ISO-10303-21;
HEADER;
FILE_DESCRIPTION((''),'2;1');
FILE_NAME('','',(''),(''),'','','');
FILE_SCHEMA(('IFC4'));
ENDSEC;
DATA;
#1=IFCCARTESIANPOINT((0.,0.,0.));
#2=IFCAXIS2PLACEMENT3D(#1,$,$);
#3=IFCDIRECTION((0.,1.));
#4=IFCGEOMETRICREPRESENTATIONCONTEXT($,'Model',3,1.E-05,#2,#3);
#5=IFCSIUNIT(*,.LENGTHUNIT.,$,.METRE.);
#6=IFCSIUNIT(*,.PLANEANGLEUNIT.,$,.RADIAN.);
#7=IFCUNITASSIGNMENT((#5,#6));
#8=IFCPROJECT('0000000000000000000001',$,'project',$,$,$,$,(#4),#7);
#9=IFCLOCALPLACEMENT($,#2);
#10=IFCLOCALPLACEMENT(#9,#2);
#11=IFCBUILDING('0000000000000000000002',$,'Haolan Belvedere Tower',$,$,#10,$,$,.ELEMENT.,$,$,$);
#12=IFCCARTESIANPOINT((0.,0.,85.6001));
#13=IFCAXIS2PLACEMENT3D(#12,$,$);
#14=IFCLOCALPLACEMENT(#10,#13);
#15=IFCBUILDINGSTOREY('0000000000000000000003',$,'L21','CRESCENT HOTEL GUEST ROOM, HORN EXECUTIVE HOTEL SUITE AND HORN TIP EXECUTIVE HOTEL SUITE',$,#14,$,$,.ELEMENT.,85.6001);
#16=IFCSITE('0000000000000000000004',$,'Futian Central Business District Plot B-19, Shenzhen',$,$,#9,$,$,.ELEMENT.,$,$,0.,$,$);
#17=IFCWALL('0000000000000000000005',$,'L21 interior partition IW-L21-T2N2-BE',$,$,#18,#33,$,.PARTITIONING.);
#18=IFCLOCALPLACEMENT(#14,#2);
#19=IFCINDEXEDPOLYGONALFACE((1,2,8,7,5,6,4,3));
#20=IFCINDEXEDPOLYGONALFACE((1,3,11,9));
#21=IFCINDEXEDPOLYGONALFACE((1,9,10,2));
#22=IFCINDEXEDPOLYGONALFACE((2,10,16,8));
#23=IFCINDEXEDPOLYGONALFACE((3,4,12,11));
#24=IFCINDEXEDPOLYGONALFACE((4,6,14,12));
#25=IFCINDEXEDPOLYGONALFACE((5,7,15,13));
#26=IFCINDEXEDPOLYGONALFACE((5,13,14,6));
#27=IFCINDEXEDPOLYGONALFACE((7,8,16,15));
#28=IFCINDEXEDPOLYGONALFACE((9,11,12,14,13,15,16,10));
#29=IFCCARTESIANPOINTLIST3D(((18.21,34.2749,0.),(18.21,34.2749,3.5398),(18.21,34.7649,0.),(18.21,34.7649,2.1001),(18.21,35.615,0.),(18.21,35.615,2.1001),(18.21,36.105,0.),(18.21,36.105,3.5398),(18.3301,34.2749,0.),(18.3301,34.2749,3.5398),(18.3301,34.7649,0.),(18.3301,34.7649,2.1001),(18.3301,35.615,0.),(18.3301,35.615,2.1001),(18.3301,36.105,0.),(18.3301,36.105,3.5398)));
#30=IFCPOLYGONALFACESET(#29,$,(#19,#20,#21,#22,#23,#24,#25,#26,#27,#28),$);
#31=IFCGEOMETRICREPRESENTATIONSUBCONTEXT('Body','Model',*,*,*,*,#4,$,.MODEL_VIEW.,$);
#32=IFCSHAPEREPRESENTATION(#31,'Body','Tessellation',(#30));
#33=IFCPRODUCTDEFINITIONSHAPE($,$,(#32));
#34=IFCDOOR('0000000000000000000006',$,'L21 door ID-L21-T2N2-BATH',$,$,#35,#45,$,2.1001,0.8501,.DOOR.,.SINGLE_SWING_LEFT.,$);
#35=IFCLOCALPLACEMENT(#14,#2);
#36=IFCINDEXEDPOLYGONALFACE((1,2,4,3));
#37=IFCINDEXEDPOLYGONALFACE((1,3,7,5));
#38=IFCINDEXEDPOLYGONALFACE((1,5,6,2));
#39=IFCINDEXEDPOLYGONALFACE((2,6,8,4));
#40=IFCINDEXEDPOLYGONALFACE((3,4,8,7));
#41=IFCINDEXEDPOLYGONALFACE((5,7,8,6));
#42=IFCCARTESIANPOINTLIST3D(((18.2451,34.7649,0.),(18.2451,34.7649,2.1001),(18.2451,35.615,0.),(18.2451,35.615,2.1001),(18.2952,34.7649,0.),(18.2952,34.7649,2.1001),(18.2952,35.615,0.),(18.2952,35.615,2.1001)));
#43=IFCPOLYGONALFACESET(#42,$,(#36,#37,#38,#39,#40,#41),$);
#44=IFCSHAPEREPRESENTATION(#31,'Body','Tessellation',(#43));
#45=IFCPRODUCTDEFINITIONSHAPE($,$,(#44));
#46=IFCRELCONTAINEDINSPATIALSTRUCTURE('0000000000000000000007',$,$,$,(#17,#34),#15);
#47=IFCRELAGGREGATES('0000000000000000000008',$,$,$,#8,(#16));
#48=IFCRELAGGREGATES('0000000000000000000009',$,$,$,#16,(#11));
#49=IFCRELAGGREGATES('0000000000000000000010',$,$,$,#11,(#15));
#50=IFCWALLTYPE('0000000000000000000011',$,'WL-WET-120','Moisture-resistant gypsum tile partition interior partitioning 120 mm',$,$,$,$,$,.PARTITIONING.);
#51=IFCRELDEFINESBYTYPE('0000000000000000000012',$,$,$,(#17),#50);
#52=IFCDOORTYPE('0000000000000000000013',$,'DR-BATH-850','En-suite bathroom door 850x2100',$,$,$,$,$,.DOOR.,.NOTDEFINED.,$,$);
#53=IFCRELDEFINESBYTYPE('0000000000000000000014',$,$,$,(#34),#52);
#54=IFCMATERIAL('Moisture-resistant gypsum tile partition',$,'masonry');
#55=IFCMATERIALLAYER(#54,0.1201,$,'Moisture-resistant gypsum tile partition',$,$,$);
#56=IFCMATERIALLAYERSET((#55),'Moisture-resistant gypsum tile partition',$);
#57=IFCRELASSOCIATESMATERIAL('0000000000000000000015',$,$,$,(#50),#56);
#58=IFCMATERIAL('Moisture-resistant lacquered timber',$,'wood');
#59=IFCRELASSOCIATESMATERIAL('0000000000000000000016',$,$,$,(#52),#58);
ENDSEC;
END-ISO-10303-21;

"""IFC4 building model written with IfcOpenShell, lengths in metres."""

from ifc_helpers import new_model, si_unit, direction, frame, frame_2d, origin, place, context, subcontext, project, spatial, rectangle, extrude, material, layer, layer_set, type_object, element, fill, save


model = new_model("IFC4")

# Units and contexts
model_context = context("Model", 3, precision=1e-05, world=origin(), true_north=direction((0.0, 1.0)))
body_context = subcontext(model_context, "Body", "Model", "MODEL_VIEW")
ifc_project = project(units=[si_unit("LENGTHUNIT", "METRE"), si_unit("PLANEANGLEUNIT", "RADIAN")], contexts=[model_context])

# Site, building, storey
site_placement = place(None, origin())
site = spatial("IfcSite", under=ifc_project, at=site_placement, Name="Futian Central Business District Plot B-19, Shenzhen", CompositionType="ELEMENT", RefElevation=0.0)
building_placement = place(site_placement, origin())
building = spatial("IfcBuilding", under=site, at=building_placement, Name="Haolan Belvedere Tower", CompositionType="ELEMENT")
storey_placement = place(building_placement, frame((0.0, 0.0, 85.6001)))
storey = spatial("IfcBuildingStorey", under=building, at=storey_placement, Name="L21", Description="CRESCENT HOTEL GUEST ROOM, HORN EXECUTIVE HOTEL SUITE AND HORN TIP EXECUTIVE HOTEL SUITE", CompositionType="ELEMENT", Elevation=85.6001)

# Shared definitions
ifc_material_1 = material(Name="Moisture-resistant gypsum tile partition", Category="masonry")
ifc_layer_1 = layer(ifc_material_1, 0.1201, Name="Moisture-resistant gypsum tile partition")
ifc_layer_set_1 = layer_set([ifc_layer_1], Name="Moisture-resistant gypsum tile partition")
wall_type_1 = type_object("IfcWallType", Name="WL-WET-120", Description="Moisture-resistant gypsum tile partition interior partitioning 120 mm", PredefinedType="PARTITIONING", material=ifc_layer_set_1)

# Wall, opening, door
wall_1_placement = place(storey_placement, frame((18.27, 34.2749, 0.0), z_axis=(0.0, 0.0, 1.0), x_axis=(0.0, 1.0, 0.0)))
wall_1 = element("IfcWall", 1, at=wall_1_placement, inside=storey, type_object=wall_type_1, Name="L21 interior partition IW-L21-T2N2-BE", PredefinedType="PARTITIONING", context=body_context, shape_type="SweptSolid", body=[
    extrude(rectangle(XDim=1.8301, YDim=0.1201, at=frame_2d((0.915, 0.0))), origin(), (0.0, 0.0, 1.0), 3.5398),
])
opening_1_placement = place(wall_1_placement, frame((0.49, 0.0, 0.0)))
opening_1 = element("IfcOpeningElement", 2, at=opening_1_placement, cuts=wall_1, PredefinedType="OPENING", context=body_context, shape_type="SweptSolid", body=[
    extrude(rectangle(XDim=0.8501, YDim=2.1001, at=frame_2d((0.425, 1.05))), frame((0.0, 0.0701, 0.0), z_axis=(0.0, -1.0, 0.0), x_axis=(1.0, 0.0, 0.0)), (0.0, 0.0, 1.0), 0.1401),
])
ifc_material_2 = material(Name="Moisture-resistant lacquered timber", Category="wood")
door_type_1 = type_object("IfcDoorType", Name="DR-BATH-850", Description="En-suite bathroom door 850x2100", OperationType="NOTDEFINED", PredefinedType="DOOR", material=ifc_material_2)
door_1_placement = place(opening_1_placement, origin())
door_1 = element("IfcDoor", 3, at=door_1_placement, inside=storey, type_object=door_type_1, Name="L21 door ID-L21-T2N2-BATH", OperationType="SINGLE_SWING_LEFT", OverallHeight=2.1001, OverallWidth=0.8501, PredefinedType="DOOR", context=body_context, shape_type="SweptSolid", body=[
    extrude(rectangle(XDim=0.8501, YDim=2.1001, at=frame_2d((0.425, 1.05))), frame((0.0, 0.0249, 0.0), z_axis=(0.0, -1.0, 0.0), x_axis=(1.0, 0.0, 0.0)), (0.0, 0.0, 1.0), 0.05),
])
fill(opening_1, door_1)

save(model, "model.ifc")
